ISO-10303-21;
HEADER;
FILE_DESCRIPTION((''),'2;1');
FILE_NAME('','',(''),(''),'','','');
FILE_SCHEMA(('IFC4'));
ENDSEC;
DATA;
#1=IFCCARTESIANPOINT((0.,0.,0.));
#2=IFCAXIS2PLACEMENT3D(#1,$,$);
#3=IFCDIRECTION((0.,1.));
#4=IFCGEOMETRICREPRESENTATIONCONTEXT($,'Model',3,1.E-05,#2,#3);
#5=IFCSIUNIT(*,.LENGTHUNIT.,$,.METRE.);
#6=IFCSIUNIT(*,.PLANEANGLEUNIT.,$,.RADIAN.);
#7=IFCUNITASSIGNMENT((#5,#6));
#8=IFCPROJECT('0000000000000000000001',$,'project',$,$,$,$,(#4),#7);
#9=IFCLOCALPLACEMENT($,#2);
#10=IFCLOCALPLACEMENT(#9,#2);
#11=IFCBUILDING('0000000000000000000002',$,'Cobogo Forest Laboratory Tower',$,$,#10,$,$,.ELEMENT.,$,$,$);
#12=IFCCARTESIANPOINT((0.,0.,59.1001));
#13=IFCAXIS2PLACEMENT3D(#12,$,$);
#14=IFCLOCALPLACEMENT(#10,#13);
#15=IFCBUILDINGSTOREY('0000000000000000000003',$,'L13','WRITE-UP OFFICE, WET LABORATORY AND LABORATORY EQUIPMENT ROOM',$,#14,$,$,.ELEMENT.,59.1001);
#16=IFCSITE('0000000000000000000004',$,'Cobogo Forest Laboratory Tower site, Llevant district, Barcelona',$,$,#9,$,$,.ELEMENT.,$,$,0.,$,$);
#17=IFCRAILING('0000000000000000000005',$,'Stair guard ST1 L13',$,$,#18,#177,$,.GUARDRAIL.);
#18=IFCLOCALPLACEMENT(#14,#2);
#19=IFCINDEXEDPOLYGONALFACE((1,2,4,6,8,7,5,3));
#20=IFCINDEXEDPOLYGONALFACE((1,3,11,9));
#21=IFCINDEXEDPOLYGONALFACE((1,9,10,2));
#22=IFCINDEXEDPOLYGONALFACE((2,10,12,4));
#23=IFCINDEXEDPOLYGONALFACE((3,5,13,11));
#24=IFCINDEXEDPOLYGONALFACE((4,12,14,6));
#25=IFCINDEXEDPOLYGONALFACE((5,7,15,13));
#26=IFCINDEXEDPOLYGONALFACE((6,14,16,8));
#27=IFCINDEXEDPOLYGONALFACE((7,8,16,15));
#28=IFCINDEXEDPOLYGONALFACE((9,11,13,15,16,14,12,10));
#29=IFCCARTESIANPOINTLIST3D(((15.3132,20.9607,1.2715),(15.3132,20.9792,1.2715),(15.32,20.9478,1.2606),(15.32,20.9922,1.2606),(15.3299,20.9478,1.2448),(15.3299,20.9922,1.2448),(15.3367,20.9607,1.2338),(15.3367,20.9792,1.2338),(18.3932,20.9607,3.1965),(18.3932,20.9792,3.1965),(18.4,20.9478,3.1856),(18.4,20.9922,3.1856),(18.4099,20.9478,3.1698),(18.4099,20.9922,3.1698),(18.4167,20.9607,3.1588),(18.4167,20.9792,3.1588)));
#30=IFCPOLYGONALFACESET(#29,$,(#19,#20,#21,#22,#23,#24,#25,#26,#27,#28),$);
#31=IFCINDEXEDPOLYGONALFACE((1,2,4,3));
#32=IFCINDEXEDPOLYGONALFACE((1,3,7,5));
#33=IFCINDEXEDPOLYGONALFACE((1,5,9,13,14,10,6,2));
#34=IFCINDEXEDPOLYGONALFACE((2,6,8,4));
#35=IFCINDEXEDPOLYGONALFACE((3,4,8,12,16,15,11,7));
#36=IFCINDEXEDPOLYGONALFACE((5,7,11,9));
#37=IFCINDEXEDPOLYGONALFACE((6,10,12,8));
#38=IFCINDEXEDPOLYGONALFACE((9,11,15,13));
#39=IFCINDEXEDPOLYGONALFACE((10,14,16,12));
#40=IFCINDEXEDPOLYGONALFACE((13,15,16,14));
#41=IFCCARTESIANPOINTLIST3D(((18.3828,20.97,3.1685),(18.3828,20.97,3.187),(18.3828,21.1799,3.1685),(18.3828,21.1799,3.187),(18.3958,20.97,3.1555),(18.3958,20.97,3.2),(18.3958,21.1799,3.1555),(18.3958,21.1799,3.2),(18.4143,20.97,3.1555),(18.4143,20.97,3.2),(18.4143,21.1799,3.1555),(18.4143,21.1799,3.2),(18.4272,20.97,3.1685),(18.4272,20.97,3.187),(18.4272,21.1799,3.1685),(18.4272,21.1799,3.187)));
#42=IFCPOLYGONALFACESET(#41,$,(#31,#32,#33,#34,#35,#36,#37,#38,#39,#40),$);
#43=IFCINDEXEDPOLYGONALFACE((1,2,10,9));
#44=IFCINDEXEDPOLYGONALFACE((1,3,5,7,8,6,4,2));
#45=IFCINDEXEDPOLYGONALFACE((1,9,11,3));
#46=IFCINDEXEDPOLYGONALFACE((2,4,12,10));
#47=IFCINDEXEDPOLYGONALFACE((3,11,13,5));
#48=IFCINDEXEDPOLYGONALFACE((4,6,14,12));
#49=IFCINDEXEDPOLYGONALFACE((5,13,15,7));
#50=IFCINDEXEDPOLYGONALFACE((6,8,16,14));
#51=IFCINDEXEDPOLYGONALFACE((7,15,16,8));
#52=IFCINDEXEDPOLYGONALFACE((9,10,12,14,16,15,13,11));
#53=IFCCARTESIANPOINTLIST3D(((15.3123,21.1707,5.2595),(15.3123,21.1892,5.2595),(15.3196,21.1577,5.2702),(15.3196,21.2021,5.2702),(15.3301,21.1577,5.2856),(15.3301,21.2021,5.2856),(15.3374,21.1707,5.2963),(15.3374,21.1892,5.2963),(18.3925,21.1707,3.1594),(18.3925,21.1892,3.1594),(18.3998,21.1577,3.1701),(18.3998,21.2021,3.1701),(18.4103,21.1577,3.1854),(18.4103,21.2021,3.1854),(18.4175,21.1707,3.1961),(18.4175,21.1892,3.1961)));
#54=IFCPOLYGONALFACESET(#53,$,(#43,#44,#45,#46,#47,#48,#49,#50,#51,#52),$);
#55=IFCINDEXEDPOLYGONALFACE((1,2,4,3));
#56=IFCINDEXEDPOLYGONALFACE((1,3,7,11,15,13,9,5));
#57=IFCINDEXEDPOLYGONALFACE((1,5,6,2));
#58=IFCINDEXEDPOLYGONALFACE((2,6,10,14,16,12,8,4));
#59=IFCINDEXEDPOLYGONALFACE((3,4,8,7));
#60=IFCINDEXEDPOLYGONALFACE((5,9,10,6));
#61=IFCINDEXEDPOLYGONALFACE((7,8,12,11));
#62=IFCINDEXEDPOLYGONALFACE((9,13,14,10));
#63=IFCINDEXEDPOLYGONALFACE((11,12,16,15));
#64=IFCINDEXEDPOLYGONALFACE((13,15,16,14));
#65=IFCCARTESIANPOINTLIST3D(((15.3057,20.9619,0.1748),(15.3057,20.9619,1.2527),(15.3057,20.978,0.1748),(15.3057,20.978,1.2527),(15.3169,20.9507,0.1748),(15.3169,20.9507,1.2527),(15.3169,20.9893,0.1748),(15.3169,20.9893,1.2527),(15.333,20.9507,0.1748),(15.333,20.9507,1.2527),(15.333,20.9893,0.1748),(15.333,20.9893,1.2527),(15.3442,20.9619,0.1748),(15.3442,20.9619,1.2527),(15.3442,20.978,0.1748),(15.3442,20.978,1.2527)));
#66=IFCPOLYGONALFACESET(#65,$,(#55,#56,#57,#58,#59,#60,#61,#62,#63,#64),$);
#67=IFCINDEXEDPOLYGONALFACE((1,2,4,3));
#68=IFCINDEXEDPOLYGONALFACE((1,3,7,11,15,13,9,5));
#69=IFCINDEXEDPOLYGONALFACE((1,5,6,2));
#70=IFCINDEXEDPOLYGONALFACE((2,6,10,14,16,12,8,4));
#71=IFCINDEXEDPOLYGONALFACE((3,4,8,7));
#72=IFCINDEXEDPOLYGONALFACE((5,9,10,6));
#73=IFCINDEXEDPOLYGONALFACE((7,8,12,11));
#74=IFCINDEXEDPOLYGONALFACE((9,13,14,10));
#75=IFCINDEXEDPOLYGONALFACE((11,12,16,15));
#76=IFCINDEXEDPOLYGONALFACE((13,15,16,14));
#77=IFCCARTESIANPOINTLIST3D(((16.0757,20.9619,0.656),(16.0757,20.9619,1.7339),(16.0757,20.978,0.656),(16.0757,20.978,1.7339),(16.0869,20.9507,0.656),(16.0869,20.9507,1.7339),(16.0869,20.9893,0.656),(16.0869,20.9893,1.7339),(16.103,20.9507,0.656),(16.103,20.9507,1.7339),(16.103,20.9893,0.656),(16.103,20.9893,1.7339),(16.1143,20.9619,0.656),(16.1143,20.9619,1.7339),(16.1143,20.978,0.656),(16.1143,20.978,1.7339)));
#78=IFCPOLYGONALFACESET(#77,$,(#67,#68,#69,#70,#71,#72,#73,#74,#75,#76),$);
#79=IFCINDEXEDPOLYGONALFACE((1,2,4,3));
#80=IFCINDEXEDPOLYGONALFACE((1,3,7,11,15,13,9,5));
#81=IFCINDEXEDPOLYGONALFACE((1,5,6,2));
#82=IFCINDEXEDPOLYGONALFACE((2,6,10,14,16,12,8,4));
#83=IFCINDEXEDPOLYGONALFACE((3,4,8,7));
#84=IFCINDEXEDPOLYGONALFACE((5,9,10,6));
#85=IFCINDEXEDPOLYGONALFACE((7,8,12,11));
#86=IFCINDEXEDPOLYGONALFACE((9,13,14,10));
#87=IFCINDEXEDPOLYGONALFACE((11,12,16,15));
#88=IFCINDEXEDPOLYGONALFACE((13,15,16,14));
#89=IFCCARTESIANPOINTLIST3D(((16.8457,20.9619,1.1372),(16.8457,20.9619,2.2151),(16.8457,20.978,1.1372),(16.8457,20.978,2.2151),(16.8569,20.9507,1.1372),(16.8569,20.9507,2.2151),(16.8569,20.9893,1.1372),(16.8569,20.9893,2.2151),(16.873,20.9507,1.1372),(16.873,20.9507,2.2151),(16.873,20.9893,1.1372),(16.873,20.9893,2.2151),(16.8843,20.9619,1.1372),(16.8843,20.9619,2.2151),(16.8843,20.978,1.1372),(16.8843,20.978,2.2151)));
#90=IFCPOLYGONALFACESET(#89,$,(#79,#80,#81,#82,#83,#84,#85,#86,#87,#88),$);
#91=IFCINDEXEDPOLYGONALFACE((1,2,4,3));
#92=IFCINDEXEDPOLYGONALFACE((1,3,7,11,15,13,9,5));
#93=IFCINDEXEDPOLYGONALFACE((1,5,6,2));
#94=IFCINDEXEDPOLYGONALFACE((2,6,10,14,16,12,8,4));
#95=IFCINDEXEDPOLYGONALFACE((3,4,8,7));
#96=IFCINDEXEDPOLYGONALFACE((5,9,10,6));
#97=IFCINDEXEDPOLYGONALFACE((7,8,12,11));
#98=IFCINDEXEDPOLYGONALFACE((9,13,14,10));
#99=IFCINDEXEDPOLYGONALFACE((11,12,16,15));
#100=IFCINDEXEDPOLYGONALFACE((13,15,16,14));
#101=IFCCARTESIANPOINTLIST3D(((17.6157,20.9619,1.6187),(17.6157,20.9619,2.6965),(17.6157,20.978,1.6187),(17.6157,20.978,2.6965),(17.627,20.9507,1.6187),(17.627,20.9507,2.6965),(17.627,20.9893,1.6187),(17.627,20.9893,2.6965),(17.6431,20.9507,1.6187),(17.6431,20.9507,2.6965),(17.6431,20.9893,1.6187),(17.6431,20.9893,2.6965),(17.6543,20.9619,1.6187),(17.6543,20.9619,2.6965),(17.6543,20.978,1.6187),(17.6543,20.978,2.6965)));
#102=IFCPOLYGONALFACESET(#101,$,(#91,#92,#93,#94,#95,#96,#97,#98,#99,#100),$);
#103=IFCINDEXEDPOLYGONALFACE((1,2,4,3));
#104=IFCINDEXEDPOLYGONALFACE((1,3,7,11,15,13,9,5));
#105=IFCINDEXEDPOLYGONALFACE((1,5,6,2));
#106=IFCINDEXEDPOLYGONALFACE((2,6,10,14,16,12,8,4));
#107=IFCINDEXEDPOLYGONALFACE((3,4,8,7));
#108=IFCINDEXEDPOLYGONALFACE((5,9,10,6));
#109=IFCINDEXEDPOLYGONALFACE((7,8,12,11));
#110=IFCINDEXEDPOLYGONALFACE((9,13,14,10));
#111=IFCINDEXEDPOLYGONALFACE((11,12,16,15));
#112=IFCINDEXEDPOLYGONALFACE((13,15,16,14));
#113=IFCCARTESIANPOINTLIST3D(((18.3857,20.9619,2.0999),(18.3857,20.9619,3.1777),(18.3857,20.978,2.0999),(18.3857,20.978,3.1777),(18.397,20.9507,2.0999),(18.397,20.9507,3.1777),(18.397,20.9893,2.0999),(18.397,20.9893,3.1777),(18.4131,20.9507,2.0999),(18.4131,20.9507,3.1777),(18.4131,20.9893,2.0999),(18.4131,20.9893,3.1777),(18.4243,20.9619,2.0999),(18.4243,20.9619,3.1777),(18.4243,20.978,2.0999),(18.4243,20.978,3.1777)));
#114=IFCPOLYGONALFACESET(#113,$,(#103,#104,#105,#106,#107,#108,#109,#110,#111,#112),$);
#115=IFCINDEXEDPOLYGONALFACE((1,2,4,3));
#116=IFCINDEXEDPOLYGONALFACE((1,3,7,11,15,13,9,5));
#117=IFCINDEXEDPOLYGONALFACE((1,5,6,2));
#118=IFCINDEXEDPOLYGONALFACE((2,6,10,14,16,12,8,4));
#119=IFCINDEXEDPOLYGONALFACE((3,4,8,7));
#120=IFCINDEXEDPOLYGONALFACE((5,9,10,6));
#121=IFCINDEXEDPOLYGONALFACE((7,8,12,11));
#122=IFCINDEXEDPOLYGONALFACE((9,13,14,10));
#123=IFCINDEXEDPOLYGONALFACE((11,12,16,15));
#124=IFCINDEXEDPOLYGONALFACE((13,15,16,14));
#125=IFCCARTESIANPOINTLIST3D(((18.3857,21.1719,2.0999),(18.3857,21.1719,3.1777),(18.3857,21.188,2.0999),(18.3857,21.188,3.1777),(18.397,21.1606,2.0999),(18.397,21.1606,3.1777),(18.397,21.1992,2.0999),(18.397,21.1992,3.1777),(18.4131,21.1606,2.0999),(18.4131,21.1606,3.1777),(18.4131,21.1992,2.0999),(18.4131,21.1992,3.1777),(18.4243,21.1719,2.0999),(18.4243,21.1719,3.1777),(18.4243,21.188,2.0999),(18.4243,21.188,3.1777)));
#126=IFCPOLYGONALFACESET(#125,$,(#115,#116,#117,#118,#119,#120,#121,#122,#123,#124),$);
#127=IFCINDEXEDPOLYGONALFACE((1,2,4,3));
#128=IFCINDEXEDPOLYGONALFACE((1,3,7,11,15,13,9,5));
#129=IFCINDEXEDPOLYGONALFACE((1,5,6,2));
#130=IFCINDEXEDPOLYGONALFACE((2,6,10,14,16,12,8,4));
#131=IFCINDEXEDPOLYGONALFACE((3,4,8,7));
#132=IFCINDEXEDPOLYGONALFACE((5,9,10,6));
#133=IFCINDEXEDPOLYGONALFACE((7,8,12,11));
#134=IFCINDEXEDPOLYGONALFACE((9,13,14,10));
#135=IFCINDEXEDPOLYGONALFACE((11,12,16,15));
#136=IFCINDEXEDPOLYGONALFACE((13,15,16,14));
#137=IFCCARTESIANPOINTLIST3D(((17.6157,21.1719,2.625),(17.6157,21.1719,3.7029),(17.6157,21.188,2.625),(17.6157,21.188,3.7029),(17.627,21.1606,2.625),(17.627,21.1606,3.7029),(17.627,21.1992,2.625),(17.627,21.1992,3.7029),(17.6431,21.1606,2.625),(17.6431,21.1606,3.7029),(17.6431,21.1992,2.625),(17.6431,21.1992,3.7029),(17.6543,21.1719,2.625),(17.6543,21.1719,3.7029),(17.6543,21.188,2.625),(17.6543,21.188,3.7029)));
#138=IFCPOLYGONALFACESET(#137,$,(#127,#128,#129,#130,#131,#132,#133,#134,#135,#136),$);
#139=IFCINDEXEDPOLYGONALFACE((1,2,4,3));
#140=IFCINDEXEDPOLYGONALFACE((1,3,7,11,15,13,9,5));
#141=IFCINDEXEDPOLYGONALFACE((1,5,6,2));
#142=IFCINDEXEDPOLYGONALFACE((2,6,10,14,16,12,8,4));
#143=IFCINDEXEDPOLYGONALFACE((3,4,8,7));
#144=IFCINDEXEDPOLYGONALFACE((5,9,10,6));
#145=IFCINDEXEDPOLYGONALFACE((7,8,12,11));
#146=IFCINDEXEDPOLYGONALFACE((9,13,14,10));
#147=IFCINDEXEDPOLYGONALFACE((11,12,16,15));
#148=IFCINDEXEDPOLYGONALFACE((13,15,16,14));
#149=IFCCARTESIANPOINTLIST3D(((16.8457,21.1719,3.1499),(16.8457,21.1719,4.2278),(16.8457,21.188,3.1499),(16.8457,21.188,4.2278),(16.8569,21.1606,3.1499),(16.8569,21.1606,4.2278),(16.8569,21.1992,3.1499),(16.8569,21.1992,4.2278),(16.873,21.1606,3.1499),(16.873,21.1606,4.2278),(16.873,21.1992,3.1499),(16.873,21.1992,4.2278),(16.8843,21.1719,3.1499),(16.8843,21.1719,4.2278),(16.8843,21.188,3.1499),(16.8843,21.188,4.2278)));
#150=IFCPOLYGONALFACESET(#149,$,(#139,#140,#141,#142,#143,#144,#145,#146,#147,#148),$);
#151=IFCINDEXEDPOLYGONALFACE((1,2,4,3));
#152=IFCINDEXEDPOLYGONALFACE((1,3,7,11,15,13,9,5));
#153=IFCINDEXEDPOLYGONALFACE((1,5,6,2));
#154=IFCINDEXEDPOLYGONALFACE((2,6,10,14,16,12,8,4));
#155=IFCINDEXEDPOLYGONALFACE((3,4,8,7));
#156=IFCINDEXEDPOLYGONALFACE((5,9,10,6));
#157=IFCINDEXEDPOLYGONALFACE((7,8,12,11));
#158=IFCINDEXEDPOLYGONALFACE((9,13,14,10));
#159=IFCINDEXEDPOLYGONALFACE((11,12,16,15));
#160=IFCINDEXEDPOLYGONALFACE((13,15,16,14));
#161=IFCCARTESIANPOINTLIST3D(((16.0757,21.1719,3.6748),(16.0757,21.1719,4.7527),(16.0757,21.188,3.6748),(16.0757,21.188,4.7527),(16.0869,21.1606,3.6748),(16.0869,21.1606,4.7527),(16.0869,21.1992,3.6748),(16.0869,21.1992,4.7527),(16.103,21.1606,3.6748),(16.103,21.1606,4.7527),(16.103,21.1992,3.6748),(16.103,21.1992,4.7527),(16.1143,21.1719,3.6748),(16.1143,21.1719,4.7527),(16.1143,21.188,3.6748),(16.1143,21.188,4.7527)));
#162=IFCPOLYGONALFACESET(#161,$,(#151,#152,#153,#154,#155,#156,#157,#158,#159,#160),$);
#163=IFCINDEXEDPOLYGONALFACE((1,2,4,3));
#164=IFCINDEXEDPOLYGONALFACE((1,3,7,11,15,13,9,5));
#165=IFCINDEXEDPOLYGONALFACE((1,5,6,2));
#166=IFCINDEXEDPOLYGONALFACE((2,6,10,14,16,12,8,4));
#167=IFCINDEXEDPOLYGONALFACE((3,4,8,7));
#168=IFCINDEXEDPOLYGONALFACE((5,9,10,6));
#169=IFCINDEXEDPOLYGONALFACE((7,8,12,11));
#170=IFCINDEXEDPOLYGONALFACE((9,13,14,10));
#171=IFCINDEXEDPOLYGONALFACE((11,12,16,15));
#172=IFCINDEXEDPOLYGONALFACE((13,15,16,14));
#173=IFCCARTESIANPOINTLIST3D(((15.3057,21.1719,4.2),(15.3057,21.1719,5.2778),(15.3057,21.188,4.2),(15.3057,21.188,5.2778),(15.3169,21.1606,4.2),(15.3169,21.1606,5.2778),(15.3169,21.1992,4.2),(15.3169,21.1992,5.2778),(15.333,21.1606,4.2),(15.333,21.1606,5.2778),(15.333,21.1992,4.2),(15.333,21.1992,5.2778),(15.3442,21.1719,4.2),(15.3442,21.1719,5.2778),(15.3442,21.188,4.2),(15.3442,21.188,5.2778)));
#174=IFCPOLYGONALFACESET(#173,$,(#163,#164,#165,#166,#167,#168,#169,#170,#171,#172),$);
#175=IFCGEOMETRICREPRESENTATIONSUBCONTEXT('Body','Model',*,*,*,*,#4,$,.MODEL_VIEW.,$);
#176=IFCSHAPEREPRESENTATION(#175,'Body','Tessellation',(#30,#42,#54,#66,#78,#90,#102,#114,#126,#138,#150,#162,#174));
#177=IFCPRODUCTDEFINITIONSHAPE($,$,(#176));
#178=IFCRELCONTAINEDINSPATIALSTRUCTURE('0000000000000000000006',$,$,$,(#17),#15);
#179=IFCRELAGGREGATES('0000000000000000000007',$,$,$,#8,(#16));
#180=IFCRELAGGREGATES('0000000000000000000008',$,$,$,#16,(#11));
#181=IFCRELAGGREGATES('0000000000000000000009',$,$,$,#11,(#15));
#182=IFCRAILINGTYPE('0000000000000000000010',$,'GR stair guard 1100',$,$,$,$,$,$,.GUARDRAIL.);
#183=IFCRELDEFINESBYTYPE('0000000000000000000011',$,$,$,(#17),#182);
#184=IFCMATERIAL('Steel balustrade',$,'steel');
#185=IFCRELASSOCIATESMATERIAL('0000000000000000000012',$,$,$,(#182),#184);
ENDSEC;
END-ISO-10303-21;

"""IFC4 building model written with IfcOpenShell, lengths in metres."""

from ifc_helpers import new_model, si_unit, direction, frame, origin, place, context, subcontext, project, spatial, polyline, outline, extrude, material, type_object, element, save


model = new_model("IFC4")

# Units and contexts
model_context = context("Model", 3, precision=1e-05, world=origin(), true_north=direction((0.0, 1.0)))
body_context = subcontext(model_context, "Body", "Model", "MODEL_VIEW")
ifc_project = project(units=[si_unit("LENGTHUNIT", "METRE"), si_unit("PLANEANGLEUNIT", "RADIAN")], contexts=[model_context])

# Site, building, storey
site_placement = place(None, origin())
site = spatial("IfcSite", under=ifc_project, at=site_placement, Name="Cobogo Forest Laboratory Tower site, Llevant district, Barcelona", CompositionType="ELEMENT", RefElevation=0.0)
building_placement = place(site_placement, origin())
building = spatial("IfcBuilding", under=site, at=building_placement, Name="Cobogo Forest Laboratory Tower", CompositionType="ELEMENT")
storey_placement = place(building_placement, frame((0.0, 0.0, 59.1001)))
storey = spatial("IfcBuildingStorey", under=building, at=storey_placement, Name="L13", Description="WRITE-UP OFFICE, WET LABORATORY AND LABORATORY EQUIPMENT ROOM", CompositionType="ELEMENT", Elevation=59.1001)

# Railing
ifc_material_1 = material(Name="Steel balustrade", Category="steel")
railing_type_1 = type_object("IfcRailingType", Name="GR stair guard 1100", PredefinedType="GUARDRAIL", material=ifc_material_1)
railing_1_placement = place(storey_placement, frame((15.325, 20.97, 0.1748)))
element("IfcRailing", 1, at=railing_1_placement, inside=storey, type_object=railing_type_1, Name="Stair guard ST1 L13", PredefinedType="GUARDRAIL", context=body_context, shape_type="SweptSolid", body=[
    extrude(outline(polyline([(0.0222, 0.0093), (0.0093, 0.0222), (-0.0093, 0.0222), (-0.0222, 0.0093), (-0.0222, -0.0093), (-0.0093, -0.0222), (0.0093, -0.0222), (0.0222, -0.0093), (0.0222, 0.0093)])), frame((0.0, 0.0, 1.0779), z_axis=(0.847998, 0.0, 0.529999), x_axis=(0.0, 1.0, 0.0)), (0.0, 0.0, 1.0), 3.6321),
    extrude(outline(polyline([(0.0222, 0.0093), (0.0093, 0.0222), (-0.0093, 0.0222), (-0.0222, 0.0093), (-0.0222, -0.0093), (-0.0093, -0.0222), (0.0093, -0.0222), (0.0222, -0.0093), (0.0222, 0.0093)])), frame((3.0801, 0.0, 3.0029), z_axis=(0.0, 1.0, 0.0), x_axis=(-1.0, 0.0, 0.0)), (0.0, 0.0, 1.0), 0.21),
    extrude(outline(polyline([(0.0222, 0.0093), (0.0093, 0.0222), (-0.0093, 0.0222), (-0.0222, 0.0093), (-0.0222, -0.0093), (-0.0093, -0.0222), (0.0093, -0.0222), (0.0222, -0.0093), (0.0222, 0.0093)])), frame((3.0801, 0.21, 3.0029), z_axis=(-0.826222, 0.0, 0.563345), x_axis=(0.0, -1.0, 0.0)), (0.0, 0.0, 1.0), 3.728),
    extrude(outline(polyline([(0.0193, 0.0081), (0.0081, 0.0193), (-0.0081, 0.0193), (-0.0193, 0.0081), (-0.0193, -0.0081), (-0.0081, -0.0193), (0.0081, -0.0193), (0.0193, -0.0081), (0.0193, 0.0081)])), origin(), (0.0, 0.0, 1.0), 1.0779),
    extrude(outline(polyline([(0.0193, 0.0081), (0.0081, 0.0193), (-0.0081, 0.0193), (-0.0193, 0.0081), (-0.0193, -0.0081), (-0.0081, -0.0193), (0.0081, -0.0193), (0.0193, -0.0081), (0.0193, 0.0081)])), frame((0.77, 0.0, 0.4812)), (0.0, 0.0, 1.0), 1.0779),
    extrude(outline(polyline([(0.0193, 0.0081), (0.0081, 0.0193), (-0.0081, 0.0193), (-0.0193, 0.0081), (-0.0193, -0.0081), (-0.0081, -0.0193), (0.0081, -0.0193), (0.0193, -0.0081), (0.0193, 0.0081)])), frame((1.54, 0.0, 0.9624)), (0.0, 0.0, 1.0), 1.0779),
    extrude(outline(polyline([(0.0193, 0.0081), (0.0081, 0.0193), (-0.0081, 0.0193), (-0.0193, 0.0081), (-0.0193, -0.0081), (-0.0081, -0.0193), (0.0081, -0.0193), (0.0193, -0.0081), (0.0193, 0.0081)])), frame((2.3101, 0.0, 1.4438)), (0.0, 0.0, 1.0), 1.0779),
    extrude(outline(polyline([(0.0193, 0.0081), (0.0081, 0.0193), (-0.0081, 0.0193), (-0.0193, 0.0081), (-0.0193, -0.0081), (-0.0081, -0.0193), (0.0081, -0.0193), (0.0193, -0.0081), (0.0193, 0.0081)])), frame((3.0801, 0.0, 1.925)), (0.0, 0.0, 1.0), 1.0779),
    extrude(outline(polyline([(0.0193, 0.0081), (0.0081, 0.0193), (-0.0081, 0.0193), (-0.0193, 0.0081), (-0.0193, -0.0081), (-0.0081, -0.0193), (0.0081, -0.0193), (0.0193, -0.0081), (0.0193, 0.0081)])), frame((3.0801, 0.21, 1.925)), (0.0, 0.0, 1.0), 1.0779),
    extrude(outline(polyline([(0.0193, 0.0081), (0.0081, 0.0193), (-0.0081, 0.0193), (-0.0193, 0.0081), (-0.0193, -0.0081), (-0.0081, -0.0193), (0.0081, -0.0193), (0.0193, -0.0081), (0.0193, 0.0081)])), frame((2.3101, 0.21, 2.4502)), (0.0, 0.0, 1.0), 1.0779),
    extrude(outline(polyline([(0.0193, 0.0081), (0.0081, 0.0193), (-0.0081, 0.0193), (-0.0193, 0.0081), (-0.0193, -0.0081), (-0.0081, -0.0193), (0.0081, -0.0193), (0.0193, -0.0081), (0.0193, 0.0081)])), frame((1.54, 0.21, 2.9751)), (0.0, 0.0, 1.0), 1.0779),
    extrude(outline(polyline([(0.0193, 0.0081), (0.0081, 0.0193), (-0.0081, 0.0193), (-0.0193, 0.0081), (-0.0193, -0.0081), (-0.0081, -0.0193), (0.0081, -0.0193), (0.0193, -0.0081), (0.0193, 0.0081)])), frame((0.77, 0.21, 3.5)), (0.0, 0.0, 1.0), 1.0779),
    extrude(outline(polyline([(0.0193, 0.0081), (0.0081, 0.0193), (-0.0081, 0.0193), (-0.0193, 0.0081), (-0.0193, -0.0081), (-0.0081, -0.0193), (0.0081, -0.0193), (0.0193, -0.0081), (0.0193, 0.0081)])), frame((0.0, 0.21, 4.0251)), (0.0, 0.0, 1.0), 1.0779),
])

save(model, "model.ifc")
